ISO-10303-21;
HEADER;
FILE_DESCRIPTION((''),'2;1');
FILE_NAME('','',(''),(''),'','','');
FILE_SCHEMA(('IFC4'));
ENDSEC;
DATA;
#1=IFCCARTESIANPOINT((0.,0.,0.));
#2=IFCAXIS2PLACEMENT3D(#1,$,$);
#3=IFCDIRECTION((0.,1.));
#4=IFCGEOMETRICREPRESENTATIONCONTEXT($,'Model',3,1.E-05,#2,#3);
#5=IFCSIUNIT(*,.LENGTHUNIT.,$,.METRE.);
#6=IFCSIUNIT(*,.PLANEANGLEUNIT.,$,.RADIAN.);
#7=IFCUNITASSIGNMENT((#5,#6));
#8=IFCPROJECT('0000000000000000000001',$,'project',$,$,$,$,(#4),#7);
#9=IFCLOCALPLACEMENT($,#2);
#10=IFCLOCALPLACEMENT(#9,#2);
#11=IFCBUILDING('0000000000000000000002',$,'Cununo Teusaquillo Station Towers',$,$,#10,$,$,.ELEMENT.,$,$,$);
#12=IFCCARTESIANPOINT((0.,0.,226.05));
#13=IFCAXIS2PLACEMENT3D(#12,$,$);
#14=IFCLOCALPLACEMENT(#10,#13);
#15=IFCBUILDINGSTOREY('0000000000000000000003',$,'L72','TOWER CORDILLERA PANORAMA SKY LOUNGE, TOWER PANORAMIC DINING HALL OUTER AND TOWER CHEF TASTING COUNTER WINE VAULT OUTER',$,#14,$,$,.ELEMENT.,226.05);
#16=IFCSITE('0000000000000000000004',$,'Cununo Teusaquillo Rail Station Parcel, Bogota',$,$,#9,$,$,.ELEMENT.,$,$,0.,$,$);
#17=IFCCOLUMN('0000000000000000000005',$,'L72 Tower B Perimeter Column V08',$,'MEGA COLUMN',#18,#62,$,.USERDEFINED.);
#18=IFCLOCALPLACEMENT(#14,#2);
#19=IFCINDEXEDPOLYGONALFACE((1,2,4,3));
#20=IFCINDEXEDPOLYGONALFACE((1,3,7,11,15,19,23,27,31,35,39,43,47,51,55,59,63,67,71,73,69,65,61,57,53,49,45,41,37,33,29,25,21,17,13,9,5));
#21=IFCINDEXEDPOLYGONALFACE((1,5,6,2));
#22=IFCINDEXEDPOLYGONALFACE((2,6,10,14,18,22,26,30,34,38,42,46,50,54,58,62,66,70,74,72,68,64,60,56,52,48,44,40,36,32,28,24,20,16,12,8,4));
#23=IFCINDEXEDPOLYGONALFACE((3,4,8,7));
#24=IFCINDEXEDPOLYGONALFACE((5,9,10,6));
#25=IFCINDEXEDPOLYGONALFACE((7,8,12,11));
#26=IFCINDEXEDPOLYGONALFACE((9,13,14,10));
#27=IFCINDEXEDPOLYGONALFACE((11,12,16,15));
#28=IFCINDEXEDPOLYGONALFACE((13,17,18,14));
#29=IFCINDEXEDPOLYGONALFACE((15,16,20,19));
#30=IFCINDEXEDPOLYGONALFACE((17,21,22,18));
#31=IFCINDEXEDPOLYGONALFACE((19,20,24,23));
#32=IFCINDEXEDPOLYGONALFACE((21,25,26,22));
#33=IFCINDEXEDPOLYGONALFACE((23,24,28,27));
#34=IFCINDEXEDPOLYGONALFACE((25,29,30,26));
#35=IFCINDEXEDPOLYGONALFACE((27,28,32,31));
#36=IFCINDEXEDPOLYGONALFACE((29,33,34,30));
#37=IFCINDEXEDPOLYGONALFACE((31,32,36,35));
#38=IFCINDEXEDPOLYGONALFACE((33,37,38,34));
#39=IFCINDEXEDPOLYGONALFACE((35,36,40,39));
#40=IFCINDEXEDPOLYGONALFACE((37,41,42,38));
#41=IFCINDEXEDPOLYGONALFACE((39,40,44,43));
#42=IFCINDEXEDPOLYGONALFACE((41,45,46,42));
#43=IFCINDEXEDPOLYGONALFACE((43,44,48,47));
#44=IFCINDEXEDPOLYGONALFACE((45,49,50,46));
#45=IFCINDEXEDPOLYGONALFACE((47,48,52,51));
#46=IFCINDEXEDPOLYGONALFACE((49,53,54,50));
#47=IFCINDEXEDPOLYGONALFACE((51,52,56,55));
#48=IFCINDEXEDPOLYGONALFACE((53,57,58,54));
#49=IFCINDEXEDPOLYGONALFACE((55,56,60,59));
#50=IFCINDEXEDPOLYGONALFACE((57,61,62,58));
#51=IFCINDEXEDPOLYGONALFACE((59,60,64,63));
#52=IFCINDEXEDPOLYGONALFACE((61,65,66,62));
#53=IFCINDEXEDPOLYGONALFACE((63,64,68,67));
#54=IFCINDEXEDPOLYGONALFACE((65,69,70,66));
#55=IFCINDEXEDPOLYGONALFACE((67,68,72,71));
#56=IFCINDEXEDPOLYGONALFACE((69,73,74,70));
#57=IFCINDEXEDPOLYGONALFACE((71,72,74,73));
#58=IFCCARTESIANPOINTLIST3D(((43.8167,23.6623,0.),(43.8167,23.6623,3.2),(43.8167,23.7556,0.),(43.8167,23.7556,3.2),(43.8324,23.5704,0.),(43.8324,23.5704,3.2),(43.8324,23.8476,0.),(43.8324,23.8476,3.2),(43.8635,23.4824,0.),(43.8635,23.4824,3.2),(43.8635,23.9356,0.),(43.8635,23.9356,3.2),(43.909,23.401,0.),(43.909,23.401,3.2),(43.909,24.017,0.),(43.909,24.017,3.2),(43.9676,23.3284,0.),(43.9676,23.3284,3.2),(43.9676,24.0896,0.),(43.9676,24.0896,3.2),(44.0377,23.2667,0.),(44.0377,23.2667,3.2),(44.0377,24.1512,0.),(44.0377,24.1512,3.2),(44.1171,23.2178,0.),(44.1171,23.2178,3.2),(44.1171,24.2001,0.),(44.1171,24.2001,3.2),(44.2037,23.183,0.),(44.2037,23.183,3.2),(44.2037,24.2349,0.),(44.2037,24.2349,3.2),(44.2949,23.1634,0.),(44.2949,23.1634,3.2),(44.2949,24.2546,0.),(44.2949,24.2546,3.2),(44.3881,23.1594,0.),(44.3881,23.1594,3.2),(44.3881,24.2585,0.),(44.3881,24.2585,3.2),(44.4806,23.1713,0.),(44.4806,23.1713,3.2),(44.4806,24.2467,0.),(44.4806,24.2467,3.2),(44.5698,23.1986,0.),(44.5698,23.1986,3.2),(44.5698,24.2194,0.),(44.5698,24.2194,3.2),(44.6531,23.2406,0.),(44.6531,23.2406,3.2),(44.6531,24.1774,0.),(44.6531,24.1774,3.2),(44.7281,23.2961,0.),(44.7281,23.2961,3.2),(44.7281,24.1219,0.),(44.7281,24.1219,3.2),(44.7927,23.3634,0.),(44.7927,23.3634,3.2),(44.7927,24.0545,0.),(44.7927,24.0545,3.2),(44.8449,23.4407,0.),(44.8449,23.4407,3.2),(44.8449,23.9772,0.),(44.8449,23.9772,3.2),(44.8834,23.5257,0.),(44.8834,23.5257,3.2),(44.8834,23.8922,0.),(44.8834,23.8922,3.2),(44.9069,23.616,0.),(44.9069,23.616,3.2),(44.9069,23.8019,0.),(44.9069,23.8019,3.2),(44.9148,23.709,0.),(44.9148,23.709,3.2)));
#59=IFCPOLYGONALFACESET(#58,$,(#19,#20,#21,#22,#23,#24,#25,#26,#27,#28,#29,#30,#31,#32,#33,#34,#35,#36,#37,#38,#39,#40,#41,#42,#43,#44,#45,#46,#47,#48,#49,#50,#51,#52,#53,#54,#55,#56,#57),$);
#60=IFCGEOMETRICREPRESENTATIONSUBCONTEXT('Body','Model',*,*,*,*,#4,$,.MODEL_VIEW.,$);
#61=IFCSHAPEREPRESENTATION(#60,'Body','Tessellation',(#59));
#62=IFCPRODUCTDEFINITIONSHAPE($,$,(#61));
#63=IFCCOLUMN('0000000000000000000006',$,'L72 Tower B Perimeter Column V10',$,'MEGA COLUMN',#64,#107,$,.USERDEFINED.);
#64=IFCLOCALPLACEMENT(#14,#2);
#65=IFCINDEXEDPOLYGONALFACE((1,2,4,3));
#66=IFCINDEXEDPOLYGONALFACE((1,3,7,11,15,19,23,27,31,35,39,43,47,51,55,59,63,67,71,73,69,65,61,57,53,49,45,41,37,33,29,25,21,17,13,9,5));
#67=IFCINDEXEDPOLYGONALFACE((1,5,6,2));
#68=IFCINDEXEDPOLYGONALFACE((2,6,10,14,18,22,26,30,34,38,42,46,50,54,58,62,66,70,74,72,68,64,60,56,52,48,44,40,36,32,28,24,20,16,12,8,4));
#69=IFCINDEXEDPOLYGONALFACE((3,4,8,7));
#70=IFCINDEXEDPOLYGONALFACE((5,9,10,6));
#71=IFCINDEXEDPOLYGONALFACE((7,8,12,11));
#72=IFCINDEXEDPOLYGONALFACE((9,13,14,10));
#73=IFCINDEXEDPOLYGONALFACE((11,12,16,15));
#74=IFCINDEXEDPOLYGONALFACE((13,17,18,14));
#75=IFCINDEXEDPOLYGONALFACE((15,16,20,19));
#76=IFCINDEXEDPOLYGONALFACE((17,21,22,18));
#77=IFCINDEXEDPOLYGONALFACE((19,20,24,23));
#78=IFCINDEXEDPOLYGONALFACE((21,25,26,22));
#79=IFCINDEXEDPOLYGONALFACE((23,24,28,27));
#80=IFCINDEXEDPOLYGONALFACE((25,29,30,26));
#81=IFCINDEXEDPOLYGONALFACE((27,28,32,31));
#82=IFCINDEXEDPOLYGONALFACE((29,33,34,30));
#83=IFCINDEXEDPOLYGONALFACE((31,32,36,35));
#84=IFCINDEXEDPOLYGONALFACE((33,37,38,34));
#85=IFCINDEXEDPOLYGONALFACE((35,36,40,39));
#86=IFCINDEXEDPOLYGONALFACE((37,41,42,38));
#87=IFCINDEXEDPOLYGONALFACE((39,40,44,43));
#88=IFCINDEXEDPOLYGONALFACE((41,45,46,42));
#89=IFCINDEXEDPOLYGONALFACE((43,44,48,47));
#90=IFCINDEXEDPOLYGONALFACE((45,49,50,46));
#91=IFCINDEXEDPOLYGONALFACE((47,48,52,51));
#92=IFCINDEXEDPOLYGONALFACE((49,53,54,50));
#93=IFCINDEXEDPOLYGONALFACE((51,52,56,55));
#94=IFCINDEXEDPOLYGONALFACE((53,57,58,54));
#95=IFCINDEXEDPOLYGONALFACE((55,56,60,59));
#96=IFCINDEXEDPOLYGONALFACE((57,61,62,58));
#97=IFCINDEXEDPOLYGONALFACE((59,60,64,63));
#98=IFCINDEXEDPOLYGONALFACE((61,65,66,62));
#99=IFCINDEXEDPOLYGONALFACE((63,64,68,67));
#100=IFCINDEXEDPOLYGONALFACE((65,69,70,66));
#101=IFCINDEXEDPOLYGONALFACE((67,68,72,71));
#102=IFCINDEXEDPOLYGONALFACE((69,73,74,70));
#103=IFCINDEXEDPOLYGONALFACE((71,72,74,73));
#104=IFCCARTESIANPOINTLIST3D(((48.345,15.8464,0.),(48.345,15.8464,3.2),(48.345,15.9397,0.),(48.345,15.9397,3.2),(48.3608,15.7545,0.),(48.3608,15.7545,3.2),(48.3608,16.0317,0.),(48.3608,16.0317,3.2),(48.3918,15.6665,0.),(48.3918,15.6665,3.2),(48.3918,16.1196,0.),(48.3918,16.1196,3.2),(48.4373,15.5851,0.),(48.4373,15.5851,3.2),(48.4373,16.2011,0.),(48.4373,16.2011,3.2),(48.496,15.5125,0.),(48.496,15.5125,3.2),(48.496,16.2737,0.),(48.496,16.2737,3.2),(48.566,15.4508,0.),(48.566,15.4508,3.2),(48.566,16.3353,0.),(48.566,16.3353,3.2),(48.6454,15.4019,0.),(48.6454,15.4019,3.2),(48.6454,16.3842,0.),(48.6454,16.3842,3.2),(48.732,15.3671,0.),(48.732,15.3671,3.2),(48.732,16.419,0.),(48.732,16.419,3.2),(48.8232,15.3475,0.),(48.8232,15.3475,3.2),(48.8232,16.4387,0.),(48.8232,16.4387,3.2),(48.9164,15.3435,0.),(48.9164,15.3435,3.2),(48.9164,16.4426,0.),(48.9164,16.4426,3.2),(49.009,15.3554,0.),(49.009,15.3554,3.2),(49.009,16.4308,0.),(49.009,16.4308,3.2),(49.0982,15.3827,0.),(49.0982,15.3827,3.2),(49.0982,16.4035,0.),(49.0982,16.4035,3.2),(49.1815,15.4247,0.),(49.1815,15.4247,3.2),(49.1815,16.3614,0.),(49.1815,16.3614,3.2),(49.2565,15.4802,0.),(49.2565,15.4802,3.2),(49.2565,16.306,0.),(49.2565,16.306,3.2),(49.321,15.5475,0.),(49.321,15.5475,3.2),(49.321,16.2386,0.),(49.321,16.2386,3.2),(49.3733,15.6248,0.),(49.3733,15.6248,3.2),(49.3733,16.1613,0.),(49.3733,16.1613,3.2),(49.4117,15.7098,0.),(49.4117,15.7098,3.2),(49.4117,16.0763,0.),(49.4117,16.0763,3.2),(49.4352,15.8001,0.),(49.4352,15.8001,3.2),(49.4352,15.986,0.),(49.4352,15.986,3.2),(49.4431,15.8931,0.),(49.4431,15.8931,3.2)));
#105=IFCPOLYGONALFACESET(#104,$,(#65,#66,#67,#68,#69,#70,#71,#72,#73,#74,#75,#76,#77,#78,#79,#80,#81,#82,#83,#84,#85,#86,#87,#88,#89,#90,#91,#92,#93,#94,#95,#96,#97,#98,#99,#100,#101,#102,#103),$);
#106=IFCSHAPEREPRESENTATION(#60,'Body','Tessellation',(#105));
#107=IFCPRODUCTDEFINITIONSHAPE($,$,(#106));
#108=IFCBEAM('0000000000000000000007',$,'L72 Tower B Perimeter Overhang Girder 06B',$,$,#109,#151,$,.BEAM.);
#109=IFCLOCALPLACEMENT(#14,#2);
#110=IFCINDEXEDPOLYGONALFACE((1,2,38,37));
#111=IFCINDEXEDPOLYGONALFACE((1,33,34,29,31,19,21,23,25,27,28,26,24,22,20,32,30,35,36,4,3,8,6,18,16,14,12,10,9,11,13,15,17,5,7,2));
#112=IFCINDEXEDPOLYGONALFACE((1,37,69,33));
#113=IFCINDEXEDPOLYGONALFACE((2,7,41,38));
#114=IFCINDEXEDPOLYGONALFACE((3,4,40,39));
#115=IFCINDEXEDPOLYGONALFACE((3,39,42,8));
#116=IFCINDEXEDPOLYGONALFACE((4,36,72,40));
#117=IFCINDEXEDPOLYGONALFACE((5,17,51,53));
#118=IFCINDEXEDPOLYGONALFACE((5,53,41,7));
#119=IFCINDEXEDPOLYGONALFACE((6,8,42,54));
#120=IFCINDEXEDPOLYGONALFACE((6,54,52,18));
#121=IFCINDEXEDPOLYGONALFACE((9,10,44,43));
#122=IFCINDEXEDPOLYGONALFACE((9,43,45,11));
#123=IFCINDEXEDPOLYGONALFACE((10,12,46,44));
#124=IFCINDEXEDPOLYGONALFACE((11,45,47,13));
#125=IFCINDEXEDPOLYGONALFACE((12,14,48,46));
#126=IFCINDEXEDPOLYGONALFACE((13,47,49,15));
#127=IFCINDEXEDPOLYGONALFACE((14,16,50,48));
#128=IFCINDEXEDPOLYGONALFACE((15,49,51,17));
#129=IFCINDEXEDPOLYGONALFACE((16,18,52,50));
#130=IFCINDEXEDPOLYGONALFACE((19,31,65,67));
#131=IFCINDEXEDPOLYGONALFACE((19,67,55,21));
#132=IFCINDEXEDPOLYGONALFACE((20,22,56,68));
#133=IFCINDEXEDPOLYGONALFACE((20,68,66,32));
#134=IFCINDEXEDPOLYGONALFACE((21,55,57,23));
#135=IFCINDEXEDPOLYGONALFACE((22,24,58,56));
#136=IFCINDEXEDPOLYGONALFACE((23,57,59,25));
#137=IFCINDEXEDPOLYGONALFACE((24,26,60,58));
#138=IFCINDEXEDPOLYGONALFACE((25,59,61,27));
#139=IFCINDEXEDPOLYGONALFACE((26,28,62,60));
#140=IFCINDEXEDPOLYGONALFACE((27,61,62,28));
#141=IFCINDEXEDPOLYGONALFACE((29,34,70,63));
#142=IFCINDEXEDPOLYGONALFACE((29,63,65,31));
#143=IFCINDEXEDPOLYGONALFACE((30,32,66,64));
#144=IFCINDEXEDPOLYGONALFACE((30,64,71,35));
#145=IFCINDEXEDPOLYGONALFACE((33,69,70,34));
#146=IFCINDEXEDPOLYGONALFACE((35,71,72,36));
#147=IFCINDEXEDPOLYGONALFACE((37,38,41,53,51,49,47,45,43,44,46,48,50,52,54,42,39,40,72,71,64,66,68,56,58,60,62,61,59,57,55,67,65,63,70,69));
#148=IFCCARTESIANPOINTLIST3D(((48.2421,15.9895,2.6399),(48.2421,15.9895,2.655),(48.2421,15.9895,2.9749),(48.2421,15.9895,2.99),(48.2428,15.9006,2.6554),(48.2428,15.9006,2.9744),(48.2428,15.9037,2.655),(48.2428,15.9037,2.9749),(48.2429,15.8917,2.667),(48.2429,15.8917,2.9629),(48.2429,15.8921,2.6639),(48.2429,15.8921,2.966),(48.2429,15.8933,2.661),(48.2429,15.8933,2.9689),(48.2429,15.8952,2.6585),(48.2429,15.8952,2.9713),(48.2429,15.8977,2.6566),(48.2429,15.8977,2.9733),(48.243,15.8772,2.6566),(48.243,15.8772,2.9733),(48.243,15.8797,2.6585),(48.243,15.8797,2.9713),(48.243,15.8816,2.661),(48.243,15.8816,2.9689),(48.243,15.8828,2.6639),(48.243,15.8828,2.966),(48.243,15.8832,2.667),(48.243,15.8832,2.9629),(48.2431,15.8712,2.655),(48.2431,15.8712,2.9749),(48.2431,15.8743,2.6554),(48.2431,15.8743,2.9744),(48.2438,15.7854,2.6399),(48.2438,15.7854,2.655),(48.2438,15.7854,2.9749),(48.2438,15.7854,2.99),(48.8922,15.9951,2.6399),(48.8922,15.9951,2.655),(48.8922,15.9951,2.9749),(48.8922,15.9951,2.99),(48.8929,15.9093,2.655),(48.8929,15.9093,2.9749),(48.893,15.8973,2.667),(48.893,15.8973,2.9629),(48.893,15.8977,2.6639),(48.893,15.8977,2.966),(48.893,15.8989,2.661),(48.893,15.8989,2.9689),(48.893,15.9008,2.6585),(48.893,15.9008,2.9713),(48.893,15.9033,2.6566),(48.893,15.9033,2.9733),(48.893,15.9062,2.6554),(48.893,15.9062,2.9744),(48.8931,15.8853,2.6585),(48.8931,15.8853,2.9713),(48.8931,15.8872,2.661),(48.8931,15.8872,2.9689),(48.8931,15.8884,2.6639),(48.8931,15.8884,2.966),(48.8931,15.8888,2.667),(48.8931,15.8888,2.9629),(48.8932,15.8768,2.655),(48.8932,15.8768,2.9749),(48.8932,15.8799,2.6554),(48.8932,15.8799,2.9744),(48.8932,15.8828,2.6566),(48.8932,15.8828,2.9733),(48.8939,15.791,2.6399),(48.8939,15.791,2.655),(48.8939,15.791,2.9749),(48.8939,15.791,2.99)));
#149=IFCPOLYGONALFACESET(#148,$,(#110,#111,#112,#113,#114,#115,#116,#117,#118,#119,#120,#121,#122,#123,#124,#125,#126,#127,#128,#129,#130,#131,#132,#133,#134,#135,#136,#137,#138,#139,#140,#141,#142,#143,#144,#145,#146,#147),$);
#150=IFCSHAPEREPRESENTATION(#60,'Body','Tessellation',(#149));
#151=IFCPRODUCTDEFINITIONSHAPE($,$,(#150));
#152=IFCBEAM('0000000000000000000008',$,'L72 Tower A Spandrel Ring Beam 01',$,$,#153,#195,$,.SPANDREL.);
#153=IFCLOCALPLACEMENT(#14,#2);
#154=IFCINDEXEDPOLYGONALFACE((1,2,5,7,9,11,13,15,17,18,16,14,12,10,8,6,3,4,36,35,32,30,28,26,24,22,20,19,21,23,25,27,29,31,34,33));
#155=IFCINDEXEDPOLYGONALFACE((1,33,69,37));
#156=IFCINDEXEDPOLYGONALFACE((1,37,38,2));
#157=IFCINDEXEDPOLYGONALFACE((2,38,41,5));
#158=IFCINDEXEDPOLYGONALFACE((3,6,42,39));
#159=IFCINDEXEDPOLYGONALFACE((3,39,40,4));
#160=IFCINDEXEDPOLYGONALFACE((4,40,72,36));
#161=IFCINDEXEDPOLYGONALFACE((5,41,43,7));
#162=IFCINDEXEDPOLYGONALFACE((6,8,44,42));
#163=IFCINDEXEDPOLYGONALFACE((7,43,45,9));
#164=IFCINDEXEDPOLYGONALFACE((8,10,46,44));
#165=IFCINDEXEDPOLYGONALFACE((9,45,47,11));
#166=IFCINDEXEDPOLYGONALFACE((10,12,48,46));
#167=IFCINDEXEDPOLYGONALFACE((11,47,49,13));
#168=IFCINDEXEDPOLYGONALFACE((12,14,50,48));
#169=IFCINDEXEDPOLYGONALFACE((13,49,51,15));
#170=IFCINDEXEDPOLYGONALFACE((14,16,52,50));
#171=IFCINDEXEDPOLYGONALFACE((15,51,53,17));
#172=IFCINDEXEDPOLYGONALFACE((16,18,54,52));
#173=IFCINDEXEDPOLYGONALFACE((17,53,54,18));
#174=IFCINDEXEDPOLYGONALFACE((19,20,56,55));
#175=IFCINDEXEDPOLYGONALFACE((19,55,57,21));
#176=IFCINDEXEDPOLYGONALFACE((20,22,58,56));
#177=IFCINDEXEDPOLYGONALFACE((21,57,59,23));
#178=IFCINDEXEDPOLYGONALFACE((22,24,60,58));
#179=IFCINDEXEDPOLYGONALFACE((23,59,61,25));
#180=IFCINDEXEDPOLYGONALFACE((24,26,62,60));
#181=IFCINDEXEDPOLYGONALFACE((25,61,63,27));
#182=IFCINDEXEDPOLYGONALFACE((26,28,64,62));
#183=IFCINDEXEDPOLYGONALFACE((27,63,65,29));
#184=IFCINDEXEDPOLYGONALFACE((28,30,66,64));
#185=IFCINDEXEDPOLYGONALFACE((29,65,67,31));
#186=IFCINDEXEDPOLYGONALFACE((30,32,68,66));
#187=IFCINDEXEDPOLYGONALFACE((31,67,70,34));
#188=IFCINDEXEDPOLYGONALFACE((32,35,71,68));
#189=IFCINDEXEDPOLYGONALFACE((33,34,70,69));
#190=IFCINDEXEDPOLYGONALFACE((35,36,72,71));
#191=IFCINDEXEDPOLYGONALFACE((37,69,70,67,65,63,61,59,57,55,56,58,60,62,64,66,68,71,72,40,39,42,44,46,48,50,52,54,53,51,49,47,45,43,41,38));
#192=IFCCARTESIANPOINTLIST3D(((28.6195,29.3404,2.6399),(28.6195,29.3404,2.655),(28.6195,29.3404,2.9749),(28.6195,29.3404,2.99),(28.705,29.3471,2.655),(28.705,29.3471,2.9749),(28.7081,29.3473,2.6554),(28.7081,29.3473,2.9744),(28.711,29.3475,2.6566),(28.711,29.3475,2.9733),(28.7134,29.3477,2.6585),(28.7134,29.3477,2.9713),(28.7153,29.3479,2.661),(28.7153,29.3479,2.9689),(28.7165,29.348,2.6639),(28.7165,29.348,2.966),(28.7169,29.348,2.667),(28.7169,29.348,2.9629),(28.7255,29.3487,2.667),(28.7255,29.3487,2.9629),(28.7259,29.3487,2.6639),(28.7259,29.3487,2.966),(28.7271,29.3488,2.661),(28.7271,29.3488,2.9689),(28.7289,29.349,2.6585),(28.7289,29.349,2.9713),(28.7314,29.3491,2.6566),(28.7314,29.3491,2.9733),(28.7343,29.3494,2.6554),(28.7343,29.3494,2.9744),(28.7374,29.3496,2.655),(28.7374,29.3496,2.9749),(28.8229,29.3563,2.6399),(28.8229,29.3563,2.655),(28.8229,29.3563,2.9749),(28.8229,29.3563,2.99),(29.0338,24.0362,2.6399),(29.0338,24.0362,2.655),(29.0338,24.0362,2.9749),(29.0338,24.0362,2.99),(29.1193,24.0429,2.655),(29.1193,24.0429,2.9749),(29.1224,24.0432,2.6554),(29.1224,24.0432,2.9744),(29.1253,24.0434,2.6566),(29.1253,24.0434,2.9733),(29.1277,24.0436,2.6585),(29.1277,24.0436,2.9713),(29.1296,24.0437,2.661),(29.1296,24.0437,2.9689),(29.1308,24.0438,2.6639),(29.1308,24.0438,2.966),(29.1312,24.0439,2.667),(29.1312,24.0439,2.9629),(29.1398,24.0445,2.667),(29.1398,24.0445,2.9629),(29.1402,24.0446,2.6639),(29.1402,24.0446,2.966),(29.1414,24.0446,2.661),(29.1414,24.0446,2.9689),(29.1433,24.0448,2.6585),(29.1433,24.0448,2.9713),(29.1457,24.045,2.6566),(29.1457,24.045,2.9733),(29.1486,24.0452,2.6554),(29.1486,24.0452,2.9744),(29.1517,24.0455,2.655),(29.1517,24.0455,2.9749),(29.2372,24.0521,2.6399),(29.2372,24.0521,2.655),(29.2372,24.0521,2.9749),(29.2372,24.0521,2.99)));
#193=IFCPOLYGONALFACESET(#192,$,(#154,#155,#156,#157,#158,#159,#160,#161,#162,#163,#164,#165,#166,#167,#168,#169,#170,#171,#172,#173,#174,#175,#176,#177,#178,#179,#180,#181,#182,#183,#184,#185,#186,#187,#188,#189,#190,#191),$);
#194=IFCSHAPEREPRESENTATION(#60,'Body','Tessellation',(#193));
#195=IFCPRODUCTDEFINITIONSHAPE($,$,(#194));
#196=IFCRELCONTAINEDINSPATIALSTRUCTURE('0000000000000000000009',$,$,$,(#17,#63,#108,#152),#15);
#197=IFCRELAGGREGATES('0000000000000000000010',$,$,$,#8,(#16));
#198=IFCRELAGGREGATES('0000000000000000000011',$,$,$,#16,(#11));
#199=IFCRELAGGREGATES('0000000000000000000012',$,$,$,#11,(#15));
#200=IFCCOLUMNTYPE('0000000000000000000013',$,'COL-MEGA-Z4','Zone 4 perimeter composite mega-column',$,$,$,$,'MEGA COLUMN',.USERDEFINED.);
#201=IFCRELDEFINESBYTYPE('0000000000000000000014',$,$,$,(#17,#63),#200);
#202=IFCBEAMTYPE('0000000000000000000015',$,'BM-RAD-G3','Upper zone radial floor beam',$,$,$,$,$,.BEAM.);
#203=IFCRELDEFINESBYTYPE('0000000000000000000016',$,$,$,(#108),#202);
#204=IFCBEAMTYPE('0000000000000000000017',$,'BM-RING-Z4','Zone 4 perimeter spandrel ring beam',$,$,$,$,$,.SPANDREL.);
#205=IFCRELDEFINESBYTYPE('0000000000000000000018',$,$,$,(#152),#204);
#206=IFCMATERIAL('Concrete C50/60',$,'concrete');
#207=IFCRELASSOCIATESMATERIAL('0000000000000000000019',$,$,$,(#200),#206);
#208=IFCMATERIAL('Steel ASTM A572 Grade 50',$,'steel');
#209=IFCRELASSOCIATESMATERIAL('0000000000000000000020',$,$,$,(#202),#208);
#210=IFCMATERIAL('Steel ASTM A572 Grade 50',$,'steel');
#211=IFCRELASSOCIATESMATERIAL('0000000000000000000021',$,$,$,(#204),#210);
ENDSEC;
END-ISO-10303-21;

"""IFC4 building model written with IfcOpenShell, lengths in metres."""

from ifc_helpers import new_model, si_unit, direction, frame, origin, origin_2d, place, context, subcontext, project, spatial, circle, i_section, extrude, material, material_profile, profile_set, type_object, element, save


model = new_model("IFC4")

# Units and contexts
model_context = context("Model", 3, precision=1e-05, world=origin(), true_north=direction((0.0, 1.0)))
body_context = subcontext(model_context, "Body", "Model", "MODEL_VIEW")
ifc_project = project(units=[si_unit("LENGTHUNIT", "METRE"), si_unit("PLANEANGLEUNIT", "RADIAN")], contexts=[model_context])

# Site, building, storey
site_placement = place(None, origin())
site = spatial("IfcSite", under=ifc_project, at=site_placement, Name="Cununo Teusaquillo Rail Station Parcel, Bogota", CompositionType="ELEMENT", RefElevation=0.0)
building_placement = place(site_placement, origin())
building = spatial("IfcBuilding", under=site, at=building_placement, Name="Cununo Teusaquillo Station Towers", CompositionType="ELEMENT")
storey_placement = place(building_placement, frame((0.0, 0.0, 226.05)))
storey = spatial("IfcBuildingStorey", under=building, at=storey_placement, Name="L72", Description="TOWER CORDILLERA PANORAMA SKY LOUNGE, TOWER PANORAMIC DINING HALL OUTER AND TOWER CHEF TASTING COUNTER WINE VAULT OUTER", CompositionType="ELEMENT", Elevation=226.05)

# Columns
ifc_material_1 = material(Name="Concrete C50/60", Category="concrete")
ifc_material_profile_1 = material_profile(ifc_material_1, circle(Radius=0.55, at=origin_2d()), Name="RC-CIRC-1100")
ifc_profile_set_1 = profile_set([ifc_material_profile_1], Name="Concrete C50/60")
column_type = type_object("IfcColumnType", Name="COL-MEGA-Z4", Description="Zone 4 perimeter composite mega-column", ElementType="MEGA COLUMN", PredefinedType="USERDEFINED", material=ifc_profile_set_1)
for number, where, z_axis, x_axis, name in (
    (1, (44.3647, 23.709, 0.0), (0.0, 0.0, 1.0), (1.0, 0.0, 0.0), "L72 Tower B Perimeter Column V08"),
    (2, (48.8931, 15.8931, 0.0), (0.0, 0.0, 1.0), (1.0, 0.0, 0.0), "L72 Tower B Perimeter Column V10"),
):
    element("IfcColumn", number, at=place(storey_placement, frame(where, z_axis=z_axis, x_axis=x_axis)), inside=storey, type_object=column_type, Name=name, ObjectType="MEGA COLUMN", PredefinedType="USERDEFINED", context=body_context, shape_type="SweptSolid", body=[
        extrude(circle(Radius=0.55, at=origin_2d()), origin(), (0.0, 0.0, 1.0), 3.2),
    ])

# Beams
ifc_material_2 = material(Name="Steel ASTM A572 Grade 50", Category="steel")
ifc_material_profile_2 = material_profile(ifc_material_2, i_section(OverallWidth=0.2041, OverallDepth=0.3501, WebThickness=0.0085, FlangeThickness=0.0151, FilletRadius=0.012, at=origin_2d()), Name="W14X48")
ifc_profile_set_2 = profile_set([ifc_material_profile_2], Name="Steel ASTM A572 Grade 50")
beam_type_1 = type_object("IfcBeamType", Name="BM-RAD-G3", Description="Upper zone radial floor beam", PredefinedType="BEAM", material=ifc_profile_set_2)
beam_1_placement = place(storey_placement, frame((48.8931, 15.8931, 2.8149), z_axis=(-0.999963, -0.008637, 0.0), x_axis=(0.008637, -0.999963, 0.0)))
element("IfcBeam", 3, at=beam_1_placement, inside=storey, type_object=beam_type_1, Name="L72 Tower B Perimeter Overhang Girder 06B", PredefinedType="BEAM", context=body_context, shape_type="SweptSolid", body=[
    extrude(i_section(OverallWidth=0.2041, OverallDepth=0.3501, WebThickness=0.0085, FlangeThickness=0.0151, FilletRadius=0.012, at=origin_2d()), origin(), (0.0, 0.0, 1.0), 0.6501),
])
ifc_material_3 = material(Name="Steel ASTM A572 Grade 50", Category="steel")
ifc_material_profile_3 = material_profile(ifc_material_3, i_section(OverallWidth=0.2041, OverallDepth=0.3501, WebThickness=0.0085, FlangeThickness=0.0151, FilletRadius=0.012, at=origin_2d()), Name="W14X48")
ifc_profile_set_3 = profile_set([ifc_material_profile_3], Name="Steel ASTM A572 Grade 50")
beam_type_2 = type_object("IfcBeamType", Name="BM-RING-Z4", Description="Zone 4 perimeter spandrel ring beam", PredefinedType="SPANDREL", material=ifc_profile_set_3)
beam_2_placement = place(storey_placement, frame((29.1355, 24.0442, 2.8149), z_axis=(-0.077872, 0.996963, 0.0), x_axis=(-0.996963, -0.077872, 0.0)))
element("IfcBeam", 4, at=beam_2_placement, inside=storey, type_object=beam_type_2, Name="L72 Tower A Spandrel Ring Beam 01", PredefinedType="SPANDREL", context=body_context, shape_type="SweptSolid", body=[
    extrude(i_section(OverallWidth=0.2041, OverallDepth=0.3501, WebThickness=0.0085, FlangeThickness=0.0151, FilletRadius=0.012, at=origin_2d()), origin(), (0.0, 0.0, 1.0), 5.3203),
])

save(model, "model.ifc")
